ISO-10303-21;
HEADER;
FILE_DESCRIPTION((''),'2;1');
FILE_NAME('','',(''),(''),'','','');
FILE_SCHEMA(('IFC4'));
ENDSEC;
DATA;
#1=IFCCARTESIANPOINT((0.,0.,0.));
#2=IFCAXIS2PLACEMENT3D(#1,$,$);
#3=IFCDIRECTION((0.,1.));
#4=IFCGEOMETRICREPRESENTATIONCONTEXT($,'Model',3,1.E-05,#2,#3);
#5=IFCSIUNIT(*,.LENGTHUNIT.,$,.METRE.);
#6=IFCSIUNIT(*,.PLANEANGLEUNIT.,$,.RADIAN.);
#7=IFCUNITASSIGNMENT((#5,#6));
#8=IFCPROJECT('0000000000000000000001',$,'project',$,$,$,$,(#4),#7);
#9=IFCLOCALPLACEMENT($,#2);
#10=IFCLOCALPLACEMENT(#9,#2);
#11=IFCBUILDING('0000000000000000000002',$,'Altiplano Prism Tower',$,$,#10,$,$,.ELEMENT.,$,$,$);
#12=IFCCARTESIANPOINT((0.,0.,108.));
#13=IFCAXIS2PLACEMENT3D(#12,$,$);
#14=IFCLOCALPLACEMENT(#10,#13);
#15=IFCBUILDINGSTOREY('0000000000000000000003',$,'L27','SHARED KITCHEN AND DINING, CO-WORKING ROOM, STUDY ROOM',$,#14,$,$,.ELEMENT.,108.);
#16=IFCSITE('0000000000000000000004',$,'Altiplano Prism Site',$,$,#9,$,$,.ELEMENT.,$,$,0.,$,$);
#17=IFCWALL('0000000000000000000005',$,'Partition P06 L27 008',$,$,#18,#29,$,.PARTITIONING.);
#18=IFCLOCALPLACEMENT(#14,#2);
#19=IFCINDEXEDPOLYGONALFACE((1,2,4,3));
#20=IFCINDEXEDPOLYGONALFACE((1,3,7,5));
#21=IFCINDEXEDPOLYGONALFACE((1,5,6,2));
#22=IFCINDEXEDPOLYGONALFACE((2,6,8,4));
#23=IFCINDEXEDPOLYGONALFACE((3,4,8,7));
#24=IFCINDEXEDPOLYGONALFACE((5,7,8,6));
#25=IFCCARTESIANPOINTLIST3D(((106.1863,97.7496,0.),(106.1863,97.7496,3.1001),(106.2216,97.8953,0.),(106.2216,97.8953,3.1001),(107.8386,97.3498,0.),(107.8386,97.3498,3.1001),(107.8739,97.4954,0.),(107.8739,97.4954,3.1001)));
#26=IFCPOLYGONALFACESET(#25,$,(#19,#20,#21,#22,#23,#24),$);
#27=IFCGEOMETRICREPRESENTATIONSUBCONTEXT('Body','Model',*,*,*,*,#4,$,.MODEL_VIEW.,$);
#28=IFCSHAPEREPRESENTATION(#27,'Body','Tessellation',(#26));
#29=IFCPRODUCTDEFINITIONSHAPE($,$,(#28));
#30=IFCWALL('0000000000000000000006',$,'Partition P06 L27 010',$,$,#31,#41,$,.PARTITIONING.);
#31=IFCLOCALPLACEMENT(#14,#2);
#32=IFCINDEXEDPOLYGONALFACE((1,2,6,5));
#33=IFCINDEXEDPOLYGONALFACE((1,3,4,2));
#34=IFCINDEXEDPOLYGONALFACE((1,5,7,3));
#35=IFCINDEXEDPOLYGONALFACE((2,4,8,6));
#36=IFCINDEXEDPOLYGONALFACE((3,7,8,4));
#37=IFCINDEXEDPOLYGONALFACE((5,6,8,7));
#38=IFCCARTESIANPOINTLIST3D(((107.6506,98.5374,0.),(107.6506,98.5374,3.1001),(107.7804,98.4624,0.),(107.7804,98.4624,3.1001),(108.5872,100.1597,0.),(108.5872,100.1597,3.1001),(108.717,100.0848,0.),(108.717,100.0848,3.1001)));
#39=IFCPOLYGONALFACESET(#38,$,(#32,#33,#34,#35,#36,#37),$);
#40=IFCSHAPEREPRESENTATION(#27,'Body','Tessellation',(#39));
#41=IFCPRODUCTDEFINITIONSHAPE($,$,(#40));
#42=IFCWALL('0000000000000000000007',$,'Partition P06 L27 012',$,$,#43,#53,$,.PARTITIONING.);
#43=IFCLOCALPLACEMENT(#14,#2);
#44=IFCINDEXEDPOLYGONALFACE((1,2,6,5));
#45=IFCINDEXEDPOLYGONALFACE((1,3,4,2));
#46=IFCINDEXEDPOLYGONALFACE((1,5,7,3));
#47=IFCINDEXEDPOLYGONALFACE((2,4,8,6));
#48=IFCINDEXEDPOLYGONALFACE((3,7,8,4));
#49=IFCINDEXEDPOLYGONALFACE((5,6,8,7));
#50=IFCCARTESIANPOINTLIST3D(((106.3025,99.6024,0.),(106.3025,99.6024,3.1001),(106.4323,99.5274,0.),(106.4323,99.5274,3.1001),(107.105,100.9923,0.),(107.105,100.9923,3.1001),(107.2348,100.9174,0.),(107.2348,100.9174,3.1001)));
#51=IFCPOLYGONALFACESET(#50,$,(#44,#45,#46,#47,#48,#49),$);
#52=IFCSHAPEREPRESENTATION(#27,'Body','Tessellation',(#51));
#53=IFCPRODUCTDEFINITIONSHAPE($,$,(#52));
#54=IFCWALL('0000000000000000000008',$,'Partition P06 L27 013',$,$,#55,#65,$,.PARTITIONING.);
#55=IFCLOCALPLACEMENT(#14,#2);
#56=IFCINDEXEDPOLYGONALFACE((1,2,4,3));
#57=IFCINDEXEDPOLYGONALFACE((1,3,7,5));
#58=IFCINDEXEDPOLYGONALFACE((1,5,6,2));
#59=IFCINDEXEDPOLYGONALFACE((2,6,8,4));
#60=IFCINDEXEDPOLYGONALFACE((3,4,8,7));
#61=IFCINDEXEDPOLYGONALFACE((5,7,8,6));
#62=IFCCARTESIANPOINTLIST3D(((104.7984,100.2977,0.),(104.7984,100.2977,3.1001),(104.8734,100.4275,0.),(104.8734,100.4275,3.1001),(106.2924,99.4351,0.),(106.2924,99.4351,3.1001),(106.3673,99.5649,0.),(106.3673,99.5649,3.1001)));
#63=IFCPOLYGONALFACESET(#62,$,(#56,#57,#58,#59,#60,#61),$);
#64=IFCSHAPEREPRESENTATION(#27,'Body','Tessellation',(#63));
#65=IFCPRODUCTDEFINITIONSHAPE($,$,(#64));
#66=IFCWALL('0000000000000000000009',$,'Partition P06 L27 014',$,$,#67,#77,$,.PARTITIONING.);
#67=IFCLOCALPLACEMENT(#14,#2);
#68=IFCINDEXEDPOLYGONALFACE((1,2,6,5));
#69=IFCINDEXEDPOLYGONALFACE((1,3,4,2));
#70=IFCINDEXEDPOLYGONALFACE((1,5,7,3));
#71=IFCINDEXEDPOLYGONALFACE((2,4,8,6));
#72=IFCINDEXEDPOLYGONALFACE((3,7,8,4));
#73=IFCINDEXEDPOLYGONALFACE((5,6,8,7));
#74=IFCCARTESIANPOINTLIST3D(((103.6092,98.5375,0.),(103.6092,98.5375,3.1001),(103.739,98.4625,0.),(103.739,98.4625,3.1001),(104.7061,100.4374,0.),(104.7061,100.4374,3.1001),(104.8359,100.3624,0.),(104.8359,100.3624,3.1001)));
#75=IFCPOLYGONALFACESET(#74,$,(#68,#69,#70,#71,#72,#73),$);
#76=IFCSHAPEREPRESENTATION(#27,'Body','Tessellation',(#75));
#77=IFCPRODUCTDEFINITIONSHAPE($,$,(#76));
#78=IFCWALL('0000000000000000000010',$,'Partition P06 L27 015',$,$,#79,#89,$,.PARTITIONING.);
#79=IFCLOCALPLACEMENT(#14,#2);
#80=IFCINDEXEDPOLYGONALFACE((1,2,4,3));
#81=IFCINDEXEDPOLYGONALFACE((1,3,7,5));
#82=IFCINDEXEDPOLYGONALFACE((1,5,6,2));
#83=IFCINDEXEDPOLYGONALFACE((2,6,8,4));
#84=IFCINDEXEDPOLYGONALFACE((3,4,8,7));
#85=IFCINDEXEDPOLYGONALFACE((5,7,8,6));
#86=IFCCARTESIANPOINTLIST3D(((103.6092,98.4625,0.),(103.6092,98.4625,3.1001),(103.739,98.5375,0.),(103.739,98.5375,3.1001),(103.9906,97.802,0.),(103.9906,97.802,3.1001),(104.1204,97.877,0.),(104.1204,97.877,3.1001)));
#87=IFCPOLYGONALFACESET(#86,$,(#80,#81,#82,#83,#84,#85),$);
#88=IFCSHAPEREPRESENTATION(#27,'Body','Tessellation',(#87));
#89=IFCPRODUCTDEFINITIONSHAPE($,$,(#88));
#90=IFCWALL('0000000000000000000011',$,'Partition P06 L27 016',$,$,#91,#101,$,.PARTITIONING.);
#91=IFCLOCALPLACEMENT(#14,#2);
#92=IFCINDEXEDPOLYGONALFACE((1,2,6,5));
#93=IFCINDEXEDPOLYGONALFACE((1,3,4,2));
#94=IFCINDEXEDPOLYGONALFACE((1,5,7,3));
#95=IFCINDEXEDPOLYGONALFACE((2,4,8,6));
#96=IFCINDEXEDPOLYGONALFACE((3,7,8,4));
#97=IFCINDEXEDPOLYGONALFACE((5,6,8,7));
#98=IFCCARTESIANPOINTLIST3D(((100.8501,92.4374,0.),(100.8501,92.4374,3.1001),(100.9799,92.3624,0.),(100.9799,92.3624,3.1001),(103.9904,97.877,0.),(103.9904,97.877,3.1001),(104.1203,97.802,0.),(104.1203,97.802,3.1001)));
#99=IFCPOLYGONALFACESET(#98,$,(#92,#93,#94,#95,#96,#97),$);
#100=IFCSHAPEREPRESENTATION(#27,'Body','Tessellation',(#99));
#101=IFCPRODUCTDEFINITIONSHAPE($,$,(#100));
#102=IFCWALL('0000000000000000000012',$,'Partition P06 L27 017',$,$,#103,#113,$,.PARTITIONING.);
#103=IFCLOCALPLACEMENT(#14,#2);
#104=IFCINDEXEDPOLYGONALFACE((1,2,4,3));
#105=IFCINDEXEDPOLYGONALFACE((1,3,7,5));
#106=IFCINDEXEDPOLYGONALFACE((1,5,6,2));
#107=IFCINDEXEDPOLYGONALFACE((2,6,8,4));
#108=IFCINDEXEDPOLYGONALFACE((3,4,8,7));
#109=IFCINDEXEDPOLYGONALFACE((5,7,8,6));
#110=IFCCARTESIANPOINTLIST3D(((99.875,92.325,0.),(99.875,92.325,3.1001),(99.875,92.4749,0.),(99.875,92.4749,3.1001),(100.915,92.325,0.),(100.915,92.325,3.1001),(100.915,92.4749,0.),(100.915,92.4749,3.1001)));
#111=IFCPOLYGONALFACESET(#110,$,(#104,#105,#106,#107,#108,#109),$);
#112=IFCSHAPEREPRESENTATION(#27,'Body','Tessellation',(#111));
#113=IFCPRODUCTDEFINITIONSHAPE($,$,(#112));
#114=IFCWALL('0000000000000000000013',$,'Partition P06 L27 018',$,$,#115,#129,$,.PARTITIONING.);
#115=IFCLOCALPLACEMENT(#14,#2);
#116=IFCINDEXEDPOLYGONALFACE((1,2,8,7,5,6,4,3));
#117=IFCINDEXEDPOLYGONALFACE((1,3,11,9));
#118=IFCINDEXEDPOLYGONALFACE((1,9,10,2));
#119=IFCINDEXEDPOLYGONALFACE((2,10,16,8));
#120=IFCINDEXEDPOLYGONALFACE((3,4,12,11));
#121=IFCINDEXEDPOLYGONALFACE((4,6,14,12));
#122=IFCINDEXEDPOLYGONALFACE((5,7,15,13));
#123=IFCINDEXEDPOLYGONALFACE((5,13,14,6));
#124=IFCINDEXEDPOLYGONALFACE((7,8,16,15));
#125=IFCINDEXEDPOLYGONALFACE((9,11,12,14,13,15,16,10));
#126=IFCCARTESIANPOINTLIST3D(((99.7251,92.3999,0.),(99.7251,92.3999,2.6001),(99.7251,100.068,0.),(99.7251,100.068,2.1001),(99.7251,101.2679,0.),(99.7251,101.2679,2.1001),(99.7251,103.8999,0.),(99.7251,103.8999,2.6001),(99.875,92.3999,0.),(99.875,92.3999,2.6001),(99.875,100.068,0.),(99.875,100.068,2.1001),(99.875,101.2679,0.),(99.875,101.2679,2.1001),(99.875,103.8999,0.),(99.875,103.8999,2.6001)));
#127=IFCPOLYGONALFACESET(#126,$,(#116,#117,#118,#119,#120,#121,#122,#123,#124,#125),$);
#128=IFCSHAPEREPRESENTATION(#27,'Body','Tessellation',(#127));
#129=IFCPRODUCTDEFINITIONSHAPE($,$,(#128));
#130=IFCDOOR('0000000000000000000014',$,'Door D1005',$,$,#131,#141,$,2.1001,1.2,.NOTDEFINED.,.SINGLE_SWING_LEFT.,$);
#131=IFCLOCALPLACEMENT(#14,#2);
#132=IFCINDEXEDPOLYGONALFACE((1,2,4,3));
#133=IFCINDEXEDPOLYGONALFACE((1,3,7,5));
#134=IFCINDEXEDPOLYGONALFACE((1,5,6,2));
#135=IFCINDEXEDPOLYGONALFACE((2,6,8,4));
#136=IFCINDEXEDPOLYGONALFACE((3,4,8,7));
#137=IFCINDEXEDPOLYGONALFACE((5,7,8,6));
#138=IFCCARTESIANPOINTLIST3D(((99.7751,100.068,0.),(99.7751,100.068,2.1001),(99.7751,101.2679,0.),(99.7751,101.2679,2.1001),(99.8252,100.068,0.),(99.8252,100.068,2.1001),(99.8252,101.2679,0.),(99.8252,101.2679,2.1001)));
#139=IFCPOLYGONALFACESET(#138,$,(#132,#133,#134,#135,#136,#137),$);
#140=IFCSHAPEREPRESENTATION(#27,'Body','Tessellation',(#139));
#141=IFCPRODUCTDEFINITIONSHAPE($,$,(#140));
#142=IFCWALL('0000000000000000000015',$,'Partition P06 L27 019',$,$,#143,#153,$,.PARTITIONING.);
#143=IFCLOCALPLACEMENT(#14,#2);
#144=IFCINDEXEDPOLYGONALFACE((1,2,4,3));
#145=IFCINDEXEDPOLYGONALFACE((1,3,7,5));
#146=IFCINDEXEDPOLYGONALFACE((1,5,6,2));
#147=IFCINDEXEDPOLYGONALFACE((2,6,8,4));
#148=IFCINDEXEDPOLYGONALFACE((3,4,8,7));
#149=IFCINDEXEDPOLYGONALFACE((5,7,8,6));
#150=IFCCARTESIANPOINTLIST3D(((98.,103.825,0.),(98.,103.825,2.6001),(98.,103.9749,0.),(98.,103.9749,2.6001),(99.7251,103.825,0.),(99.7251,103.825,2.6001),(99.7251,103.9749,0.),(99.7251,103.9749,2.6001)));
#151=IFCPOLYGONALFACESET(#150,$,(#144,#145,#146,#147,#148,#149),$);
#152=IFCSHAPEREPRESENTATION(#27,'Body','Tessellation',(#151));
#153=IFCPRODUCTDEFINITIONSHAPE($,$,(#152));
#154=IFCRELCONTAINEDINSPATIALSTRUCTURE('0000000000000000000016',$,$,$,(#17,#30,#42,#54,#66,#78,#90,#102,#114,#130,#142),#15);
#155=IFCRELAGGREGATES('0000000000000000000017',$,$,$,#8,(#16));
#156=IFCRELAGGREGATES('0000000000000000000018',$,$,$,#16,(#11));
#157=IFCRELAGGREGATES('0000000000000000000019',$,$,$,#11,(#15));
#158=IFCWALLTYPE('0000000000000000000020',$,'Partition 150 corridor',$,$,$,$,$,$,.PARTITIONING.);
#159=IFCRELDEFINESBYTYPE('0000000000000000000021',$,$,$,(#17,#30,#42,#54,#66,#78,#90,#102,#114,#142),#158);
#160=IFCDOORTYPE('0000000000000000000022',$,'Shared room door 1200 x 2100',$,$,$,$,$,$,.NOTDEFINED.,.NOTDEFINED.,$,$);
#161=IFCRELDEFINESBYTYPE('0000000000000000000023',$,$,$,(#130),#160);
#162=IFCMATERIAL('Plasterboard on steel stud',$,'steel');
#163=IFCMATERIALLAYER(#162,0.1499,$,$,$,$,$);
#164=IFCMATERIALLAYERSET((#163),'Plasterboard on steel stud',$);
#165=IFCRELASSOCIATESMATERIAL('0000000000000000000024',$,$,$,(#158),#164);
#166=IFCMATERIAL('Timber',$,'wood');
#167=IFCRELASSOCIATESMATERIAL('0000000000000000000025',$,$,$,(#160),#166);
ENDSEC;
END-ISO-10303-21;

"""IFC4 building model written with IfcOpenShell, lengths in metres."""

from ifc_helpers import new_model, si_unit, direction, frame, frame_2d, origin, place, context, subcontext, project, spatial, rectangle, extrude, material, layer, layer_set, type_object, element, fill, save


model = new_model("IFC4")

# Units and contexts
model_context = context("Model", 3, precision=1e-05, world=origin(), true_north=direction((0.0, 1.0)))
body_context = subcontext(model_context, "Body", "Model", "MODEL_VIEW")
ifc_project = project(units=[si_unit("LENGTHUNIT", "METRE"), si_unit("PLANEANGLEUNIT", "RADIAN")], contexts=[model_context])

# Site, building, storey
site_placement = place(None, origin())
site = spatial("IfcSite", under=ifc_project, at=site_placement, Name="Altiplano Prism Site", CompositionType="ELEMENT", RefElevation=0.0)
building_placement = place(site_placement, origin())
building = spatial("IfcBuilding", under=site, at=building_placement, Name="Altiplano Prism Tower", CompositionType="ELEMENT")
storey_placement = place(building_placement, frame((0.0, 0.0, 108.0)))
storey = spatial("IfcBuildingStorey", under=building, at=storey_placement, Name="L27", Description="SHARED KITCHEN AND DINING, CO-WORKING ROOM, STUDY ROOM", CompositionType="ELEMENT", Elevation=108.0)

# Shared definitions
ifc_material_1 = material(Name="Plasterboard on steel stud", Category="steel")
ifc_layer = layer(ifc_material_1, 0.1499)
ifc_layer_set = layer_set([ifc_layer], Name="Plasterboard on steel stud")
wall_type = type_object("IfcWallType", Name="Partition 150 corridor", PredefinedType="PARTITIONING", material=ifc_layer_set)
ifc_material_2 = material(Name="Timber", Category="wood")

# Walls
wall_1_placement = place(storey_placement, frame((106.2039, 97.8225, 0.0), z_axis=(0.0, 0.0, 1.0), x_axis=(0.97194, -0.23523, 0.0)))
element("IfcWall", 1, at=wall_1_placement, inside=storey, type_object=wall_type, Name="Partition P06 L27 008", PredefinedType="PARTITIONING", context=body_context, shape_type="SweptSolid", body=[
    extrude(rectangle(XDim=1.7, YDim=0.1499, at=frame_2d((0.8501, 0.0))), origin(), (0.0, 0.0, 1.0), 3.1001),
])
wall_2_placement = place(storey_placement, frame((107.7156, 98.5, 0.0), z_axis=(0.0, 0.0, 1.0), x_axis=(0.499952, 0.866053, 0.0)))
element("IfcWall", 2, at=wall_2_placement, inside=storey, type_object=wall_type, Name="Partition P06 L27 010", PredefinedType="PARTITIONING", context=body_context, shape_type="SweptSolid", body=[
    extrude(rectangle(XDim=1.8733, YDim=0.1499, at=frame_2d((0.9365, 0.0))), origin(), (0.0, 0.0, 1.0), 3.1001),
])
wall_3_placement = place(storey_placement, frame((107.1699, 100.9548, 0.0), z_axis=(0.0, 0.0, 1.0), x_axis=(-0.500017, -0.866016, 0.0)))
element("IfcWall", 3, at=wall_3_placement, inside=storey, type_object=wall_type, Name="Partition P06 L27 012", PredefinedType="PARTITIONING", context=body_context, shape_type="SweptSolid", body=[
    extrude(rectangle(XDim=1.605, YDim=0.1499, at=frame_2d((0.8025, 0.0))), origin(), (0.0, 0.0, 1.0), 3.1001),
])
wall_4_placement = place(storey_placement, frame((106.3298, 99.5, 0.0), z_axis=(0.0, 0.0, 1.0), x_axis=(-0.866014, 0.500021, 0.0)))
element("IfcWall", 4, at=wall_4_placement, inside=storey, type_object=wall_type, Name="Partition P06 L27 013", PredefinedType="PARTITIONING", context=body_context, shape_type="SweptSolid", body=[
    extrude(rectangle(XDim=1.7251, YDim=0.1499, at=frame_2d((0.8625, 0.0))), origin(), (0.0, 0.0, 1.0), 3.1001),
])
wall_5_placement = place(storey_placement, frame((104.771, 100.3999, 0.0), z_axis=(0.0, 0.0, 1.0), x_axis=(-0.500005, -0.866023, 0.0)))
element("IfcWall", 5, at=wall_5_placement, inside=storey, type_object=wall_type, Name="Partition P06 L27 014", PredefinedType="PARTITIONING", context=body_context, shape_type="SweptSolid", body=[
    extrude(rectangle(XDim=2.1938, YDim=0.1499, at=frame_2d((1.0969, 0.0))), origin(), (0.0, 0.0, 1.0), 3.1001),
])
wall_6_placement = place(storey_placement, frame((103.6741, 98.5, 0.0), z_axis=(0.0, 0.0, 1.0), x_axis=(0.500064, -0.865988, 0.0)))
element("IfcWall", 6, at=wall_6_placement, inside=storey, type_object=wall_type, Name="Partition P06 L27 015", PredefinedType="PARTITIONING", context=body_context, shape_type="SweptSolid", body=[
    extrude(rectangle(XDim=0.7627, YDim=0.1499, at=frame_2d((0.3813, 0.0))), origin(), (0.0, 0.0, 1.0), 3.1001),
])
wall_7_placement = place(storey_placement, frame((104.0554, 97.8396, 0.0), z_axis=(0.0, 0.0, 1.0), x_axis=(-0.499973, -0.866041, 0.0)))
element("IfcWall", 7, at=wall_7_placement, inside=storey, type_object=wall_type, Name="Partition P06 L27 016", PredefinedType="PARTITIONING", context=body_context, shape_type="SweptSolid", body=[
    extrude(rectangle(XDim=6.281, YDim=0.1499, at=frame_2d((3.1406, 0.0))), origin(), (0.0, 0.0, 1.0), 3.1001),
])
wall_8_placement = place(storey_placement, frame((100.915, 92.3999, 0.0), z_axis=(0.0, 0.0, 1.0), x_axis=(-1.0, 0.0, 0.0)))
element("IfcWall", 8, at=wall_8_placement, inside=storey, type_object=wall_type, Name="Partition P06 L27 017", PredefinedType="PARTITIONING", context=body_context, shape_type="SweptSolid", body=[
    extrude(rectangle(XDim=1.04, YDim=0.1499, at=frame_2d((0.52, 0.0))), origin(), (0.0, 0.0, 1.0), 3.1001),
])

# Wall, opening, door
wall_9_placement = place(storey_placement, frame((99.8, 92.3999, 0.0), z_axis=(0.0, 0.0, 1.0), x_axis=(0.0, 1.0, 0.0)))
wall_9 = element("IfcWall", 9, at=wall_9_placement, inside=storey, type_object=wall_type, Name="Partition P06 L27 018", PredefinedType="PARTITIONING", context=body_context, shape_type="SweptSolid", body=[
    extrude(rectangle(XDim=11.5, YDim=0.1499, at=frame_2d((5.75, 0.0))), origin(), (0.0, 0.0, 1.0), 2.6001),
])
opening_1_placement = place(wall_9_placement, frame((7.668, 0.0, 0.0)))
opening_1 = element("IfcOpeningElement", 10, at=opening_1_placement, cuts=wall_9, PredefinedType="OPENING", context=body_context, shape_type="SweptSolid", body=[
    extrude(rectangle(XDim=1.2, YDim=2.1001, at=frame_2d((0.6001, 1.05))), frame((0.0, 0.0854, 0.0), z_axis=(0.0, -1.0, 0.0), x_axis=(1.0, 0.0, 0.0)), (0.0, 0.0, 1.0), 0.1709),
])
door_type_1 = type_object("IfcDoorType", Name="Shared room door 1200 x 2100", OperationType="NOTDEFINED", PredefinedType="NOTDEFINED", material=ifc_material_2)
door_1_placement = place(opening_1_placement, origin())
door_1 = element("IfcDoor", 11, at=door_1_placement, inside=storey, type_object=door_type_1, Name="Door D1005", OperationType="SINGLE_SWING_LEFT", OverallHeight=2.1001, OverallWidth=1.2, PredefinedType="NOTDEFINED", context=body_context, shape_type="SweptSolid", body=[
    extrude(rectangle(XDim=1.2, YDim=2.1001, at=frame_2d((0.6001, 1.05))), frame((0.0, 0.0249, 0.0), z_axis=(0.0, -1.0, 0.0), x_axis=(1.0, 0.0, 0.0)), (0.0, 0.0, 1.0), 0.05),
])
fill(opening_1, door_1)

# Wall
wall_10_placement = place(storey_placement, frame((99.7251, 103.8999, 0.0), z_axis=(0.0, 0.0, 1.0), x_axis=(-1.0, 0.0, 0.0)))
element("IfcWall", 12, at=wall_10_placement, inside=storey, type_object=wall_type, Name="Partition P06 L27 019", PredefinedType="PARTITIONING", context=body_context, shape_type="SweptSolid", body=[
    extrude(rectangle(XDim=1.7251, YDim=0.1499, at=frame_2d((0.8625, 0.0))), origin(), (0.0, 0.0, 1.0), 2.6001),
])

save(model, "model.ifc")
